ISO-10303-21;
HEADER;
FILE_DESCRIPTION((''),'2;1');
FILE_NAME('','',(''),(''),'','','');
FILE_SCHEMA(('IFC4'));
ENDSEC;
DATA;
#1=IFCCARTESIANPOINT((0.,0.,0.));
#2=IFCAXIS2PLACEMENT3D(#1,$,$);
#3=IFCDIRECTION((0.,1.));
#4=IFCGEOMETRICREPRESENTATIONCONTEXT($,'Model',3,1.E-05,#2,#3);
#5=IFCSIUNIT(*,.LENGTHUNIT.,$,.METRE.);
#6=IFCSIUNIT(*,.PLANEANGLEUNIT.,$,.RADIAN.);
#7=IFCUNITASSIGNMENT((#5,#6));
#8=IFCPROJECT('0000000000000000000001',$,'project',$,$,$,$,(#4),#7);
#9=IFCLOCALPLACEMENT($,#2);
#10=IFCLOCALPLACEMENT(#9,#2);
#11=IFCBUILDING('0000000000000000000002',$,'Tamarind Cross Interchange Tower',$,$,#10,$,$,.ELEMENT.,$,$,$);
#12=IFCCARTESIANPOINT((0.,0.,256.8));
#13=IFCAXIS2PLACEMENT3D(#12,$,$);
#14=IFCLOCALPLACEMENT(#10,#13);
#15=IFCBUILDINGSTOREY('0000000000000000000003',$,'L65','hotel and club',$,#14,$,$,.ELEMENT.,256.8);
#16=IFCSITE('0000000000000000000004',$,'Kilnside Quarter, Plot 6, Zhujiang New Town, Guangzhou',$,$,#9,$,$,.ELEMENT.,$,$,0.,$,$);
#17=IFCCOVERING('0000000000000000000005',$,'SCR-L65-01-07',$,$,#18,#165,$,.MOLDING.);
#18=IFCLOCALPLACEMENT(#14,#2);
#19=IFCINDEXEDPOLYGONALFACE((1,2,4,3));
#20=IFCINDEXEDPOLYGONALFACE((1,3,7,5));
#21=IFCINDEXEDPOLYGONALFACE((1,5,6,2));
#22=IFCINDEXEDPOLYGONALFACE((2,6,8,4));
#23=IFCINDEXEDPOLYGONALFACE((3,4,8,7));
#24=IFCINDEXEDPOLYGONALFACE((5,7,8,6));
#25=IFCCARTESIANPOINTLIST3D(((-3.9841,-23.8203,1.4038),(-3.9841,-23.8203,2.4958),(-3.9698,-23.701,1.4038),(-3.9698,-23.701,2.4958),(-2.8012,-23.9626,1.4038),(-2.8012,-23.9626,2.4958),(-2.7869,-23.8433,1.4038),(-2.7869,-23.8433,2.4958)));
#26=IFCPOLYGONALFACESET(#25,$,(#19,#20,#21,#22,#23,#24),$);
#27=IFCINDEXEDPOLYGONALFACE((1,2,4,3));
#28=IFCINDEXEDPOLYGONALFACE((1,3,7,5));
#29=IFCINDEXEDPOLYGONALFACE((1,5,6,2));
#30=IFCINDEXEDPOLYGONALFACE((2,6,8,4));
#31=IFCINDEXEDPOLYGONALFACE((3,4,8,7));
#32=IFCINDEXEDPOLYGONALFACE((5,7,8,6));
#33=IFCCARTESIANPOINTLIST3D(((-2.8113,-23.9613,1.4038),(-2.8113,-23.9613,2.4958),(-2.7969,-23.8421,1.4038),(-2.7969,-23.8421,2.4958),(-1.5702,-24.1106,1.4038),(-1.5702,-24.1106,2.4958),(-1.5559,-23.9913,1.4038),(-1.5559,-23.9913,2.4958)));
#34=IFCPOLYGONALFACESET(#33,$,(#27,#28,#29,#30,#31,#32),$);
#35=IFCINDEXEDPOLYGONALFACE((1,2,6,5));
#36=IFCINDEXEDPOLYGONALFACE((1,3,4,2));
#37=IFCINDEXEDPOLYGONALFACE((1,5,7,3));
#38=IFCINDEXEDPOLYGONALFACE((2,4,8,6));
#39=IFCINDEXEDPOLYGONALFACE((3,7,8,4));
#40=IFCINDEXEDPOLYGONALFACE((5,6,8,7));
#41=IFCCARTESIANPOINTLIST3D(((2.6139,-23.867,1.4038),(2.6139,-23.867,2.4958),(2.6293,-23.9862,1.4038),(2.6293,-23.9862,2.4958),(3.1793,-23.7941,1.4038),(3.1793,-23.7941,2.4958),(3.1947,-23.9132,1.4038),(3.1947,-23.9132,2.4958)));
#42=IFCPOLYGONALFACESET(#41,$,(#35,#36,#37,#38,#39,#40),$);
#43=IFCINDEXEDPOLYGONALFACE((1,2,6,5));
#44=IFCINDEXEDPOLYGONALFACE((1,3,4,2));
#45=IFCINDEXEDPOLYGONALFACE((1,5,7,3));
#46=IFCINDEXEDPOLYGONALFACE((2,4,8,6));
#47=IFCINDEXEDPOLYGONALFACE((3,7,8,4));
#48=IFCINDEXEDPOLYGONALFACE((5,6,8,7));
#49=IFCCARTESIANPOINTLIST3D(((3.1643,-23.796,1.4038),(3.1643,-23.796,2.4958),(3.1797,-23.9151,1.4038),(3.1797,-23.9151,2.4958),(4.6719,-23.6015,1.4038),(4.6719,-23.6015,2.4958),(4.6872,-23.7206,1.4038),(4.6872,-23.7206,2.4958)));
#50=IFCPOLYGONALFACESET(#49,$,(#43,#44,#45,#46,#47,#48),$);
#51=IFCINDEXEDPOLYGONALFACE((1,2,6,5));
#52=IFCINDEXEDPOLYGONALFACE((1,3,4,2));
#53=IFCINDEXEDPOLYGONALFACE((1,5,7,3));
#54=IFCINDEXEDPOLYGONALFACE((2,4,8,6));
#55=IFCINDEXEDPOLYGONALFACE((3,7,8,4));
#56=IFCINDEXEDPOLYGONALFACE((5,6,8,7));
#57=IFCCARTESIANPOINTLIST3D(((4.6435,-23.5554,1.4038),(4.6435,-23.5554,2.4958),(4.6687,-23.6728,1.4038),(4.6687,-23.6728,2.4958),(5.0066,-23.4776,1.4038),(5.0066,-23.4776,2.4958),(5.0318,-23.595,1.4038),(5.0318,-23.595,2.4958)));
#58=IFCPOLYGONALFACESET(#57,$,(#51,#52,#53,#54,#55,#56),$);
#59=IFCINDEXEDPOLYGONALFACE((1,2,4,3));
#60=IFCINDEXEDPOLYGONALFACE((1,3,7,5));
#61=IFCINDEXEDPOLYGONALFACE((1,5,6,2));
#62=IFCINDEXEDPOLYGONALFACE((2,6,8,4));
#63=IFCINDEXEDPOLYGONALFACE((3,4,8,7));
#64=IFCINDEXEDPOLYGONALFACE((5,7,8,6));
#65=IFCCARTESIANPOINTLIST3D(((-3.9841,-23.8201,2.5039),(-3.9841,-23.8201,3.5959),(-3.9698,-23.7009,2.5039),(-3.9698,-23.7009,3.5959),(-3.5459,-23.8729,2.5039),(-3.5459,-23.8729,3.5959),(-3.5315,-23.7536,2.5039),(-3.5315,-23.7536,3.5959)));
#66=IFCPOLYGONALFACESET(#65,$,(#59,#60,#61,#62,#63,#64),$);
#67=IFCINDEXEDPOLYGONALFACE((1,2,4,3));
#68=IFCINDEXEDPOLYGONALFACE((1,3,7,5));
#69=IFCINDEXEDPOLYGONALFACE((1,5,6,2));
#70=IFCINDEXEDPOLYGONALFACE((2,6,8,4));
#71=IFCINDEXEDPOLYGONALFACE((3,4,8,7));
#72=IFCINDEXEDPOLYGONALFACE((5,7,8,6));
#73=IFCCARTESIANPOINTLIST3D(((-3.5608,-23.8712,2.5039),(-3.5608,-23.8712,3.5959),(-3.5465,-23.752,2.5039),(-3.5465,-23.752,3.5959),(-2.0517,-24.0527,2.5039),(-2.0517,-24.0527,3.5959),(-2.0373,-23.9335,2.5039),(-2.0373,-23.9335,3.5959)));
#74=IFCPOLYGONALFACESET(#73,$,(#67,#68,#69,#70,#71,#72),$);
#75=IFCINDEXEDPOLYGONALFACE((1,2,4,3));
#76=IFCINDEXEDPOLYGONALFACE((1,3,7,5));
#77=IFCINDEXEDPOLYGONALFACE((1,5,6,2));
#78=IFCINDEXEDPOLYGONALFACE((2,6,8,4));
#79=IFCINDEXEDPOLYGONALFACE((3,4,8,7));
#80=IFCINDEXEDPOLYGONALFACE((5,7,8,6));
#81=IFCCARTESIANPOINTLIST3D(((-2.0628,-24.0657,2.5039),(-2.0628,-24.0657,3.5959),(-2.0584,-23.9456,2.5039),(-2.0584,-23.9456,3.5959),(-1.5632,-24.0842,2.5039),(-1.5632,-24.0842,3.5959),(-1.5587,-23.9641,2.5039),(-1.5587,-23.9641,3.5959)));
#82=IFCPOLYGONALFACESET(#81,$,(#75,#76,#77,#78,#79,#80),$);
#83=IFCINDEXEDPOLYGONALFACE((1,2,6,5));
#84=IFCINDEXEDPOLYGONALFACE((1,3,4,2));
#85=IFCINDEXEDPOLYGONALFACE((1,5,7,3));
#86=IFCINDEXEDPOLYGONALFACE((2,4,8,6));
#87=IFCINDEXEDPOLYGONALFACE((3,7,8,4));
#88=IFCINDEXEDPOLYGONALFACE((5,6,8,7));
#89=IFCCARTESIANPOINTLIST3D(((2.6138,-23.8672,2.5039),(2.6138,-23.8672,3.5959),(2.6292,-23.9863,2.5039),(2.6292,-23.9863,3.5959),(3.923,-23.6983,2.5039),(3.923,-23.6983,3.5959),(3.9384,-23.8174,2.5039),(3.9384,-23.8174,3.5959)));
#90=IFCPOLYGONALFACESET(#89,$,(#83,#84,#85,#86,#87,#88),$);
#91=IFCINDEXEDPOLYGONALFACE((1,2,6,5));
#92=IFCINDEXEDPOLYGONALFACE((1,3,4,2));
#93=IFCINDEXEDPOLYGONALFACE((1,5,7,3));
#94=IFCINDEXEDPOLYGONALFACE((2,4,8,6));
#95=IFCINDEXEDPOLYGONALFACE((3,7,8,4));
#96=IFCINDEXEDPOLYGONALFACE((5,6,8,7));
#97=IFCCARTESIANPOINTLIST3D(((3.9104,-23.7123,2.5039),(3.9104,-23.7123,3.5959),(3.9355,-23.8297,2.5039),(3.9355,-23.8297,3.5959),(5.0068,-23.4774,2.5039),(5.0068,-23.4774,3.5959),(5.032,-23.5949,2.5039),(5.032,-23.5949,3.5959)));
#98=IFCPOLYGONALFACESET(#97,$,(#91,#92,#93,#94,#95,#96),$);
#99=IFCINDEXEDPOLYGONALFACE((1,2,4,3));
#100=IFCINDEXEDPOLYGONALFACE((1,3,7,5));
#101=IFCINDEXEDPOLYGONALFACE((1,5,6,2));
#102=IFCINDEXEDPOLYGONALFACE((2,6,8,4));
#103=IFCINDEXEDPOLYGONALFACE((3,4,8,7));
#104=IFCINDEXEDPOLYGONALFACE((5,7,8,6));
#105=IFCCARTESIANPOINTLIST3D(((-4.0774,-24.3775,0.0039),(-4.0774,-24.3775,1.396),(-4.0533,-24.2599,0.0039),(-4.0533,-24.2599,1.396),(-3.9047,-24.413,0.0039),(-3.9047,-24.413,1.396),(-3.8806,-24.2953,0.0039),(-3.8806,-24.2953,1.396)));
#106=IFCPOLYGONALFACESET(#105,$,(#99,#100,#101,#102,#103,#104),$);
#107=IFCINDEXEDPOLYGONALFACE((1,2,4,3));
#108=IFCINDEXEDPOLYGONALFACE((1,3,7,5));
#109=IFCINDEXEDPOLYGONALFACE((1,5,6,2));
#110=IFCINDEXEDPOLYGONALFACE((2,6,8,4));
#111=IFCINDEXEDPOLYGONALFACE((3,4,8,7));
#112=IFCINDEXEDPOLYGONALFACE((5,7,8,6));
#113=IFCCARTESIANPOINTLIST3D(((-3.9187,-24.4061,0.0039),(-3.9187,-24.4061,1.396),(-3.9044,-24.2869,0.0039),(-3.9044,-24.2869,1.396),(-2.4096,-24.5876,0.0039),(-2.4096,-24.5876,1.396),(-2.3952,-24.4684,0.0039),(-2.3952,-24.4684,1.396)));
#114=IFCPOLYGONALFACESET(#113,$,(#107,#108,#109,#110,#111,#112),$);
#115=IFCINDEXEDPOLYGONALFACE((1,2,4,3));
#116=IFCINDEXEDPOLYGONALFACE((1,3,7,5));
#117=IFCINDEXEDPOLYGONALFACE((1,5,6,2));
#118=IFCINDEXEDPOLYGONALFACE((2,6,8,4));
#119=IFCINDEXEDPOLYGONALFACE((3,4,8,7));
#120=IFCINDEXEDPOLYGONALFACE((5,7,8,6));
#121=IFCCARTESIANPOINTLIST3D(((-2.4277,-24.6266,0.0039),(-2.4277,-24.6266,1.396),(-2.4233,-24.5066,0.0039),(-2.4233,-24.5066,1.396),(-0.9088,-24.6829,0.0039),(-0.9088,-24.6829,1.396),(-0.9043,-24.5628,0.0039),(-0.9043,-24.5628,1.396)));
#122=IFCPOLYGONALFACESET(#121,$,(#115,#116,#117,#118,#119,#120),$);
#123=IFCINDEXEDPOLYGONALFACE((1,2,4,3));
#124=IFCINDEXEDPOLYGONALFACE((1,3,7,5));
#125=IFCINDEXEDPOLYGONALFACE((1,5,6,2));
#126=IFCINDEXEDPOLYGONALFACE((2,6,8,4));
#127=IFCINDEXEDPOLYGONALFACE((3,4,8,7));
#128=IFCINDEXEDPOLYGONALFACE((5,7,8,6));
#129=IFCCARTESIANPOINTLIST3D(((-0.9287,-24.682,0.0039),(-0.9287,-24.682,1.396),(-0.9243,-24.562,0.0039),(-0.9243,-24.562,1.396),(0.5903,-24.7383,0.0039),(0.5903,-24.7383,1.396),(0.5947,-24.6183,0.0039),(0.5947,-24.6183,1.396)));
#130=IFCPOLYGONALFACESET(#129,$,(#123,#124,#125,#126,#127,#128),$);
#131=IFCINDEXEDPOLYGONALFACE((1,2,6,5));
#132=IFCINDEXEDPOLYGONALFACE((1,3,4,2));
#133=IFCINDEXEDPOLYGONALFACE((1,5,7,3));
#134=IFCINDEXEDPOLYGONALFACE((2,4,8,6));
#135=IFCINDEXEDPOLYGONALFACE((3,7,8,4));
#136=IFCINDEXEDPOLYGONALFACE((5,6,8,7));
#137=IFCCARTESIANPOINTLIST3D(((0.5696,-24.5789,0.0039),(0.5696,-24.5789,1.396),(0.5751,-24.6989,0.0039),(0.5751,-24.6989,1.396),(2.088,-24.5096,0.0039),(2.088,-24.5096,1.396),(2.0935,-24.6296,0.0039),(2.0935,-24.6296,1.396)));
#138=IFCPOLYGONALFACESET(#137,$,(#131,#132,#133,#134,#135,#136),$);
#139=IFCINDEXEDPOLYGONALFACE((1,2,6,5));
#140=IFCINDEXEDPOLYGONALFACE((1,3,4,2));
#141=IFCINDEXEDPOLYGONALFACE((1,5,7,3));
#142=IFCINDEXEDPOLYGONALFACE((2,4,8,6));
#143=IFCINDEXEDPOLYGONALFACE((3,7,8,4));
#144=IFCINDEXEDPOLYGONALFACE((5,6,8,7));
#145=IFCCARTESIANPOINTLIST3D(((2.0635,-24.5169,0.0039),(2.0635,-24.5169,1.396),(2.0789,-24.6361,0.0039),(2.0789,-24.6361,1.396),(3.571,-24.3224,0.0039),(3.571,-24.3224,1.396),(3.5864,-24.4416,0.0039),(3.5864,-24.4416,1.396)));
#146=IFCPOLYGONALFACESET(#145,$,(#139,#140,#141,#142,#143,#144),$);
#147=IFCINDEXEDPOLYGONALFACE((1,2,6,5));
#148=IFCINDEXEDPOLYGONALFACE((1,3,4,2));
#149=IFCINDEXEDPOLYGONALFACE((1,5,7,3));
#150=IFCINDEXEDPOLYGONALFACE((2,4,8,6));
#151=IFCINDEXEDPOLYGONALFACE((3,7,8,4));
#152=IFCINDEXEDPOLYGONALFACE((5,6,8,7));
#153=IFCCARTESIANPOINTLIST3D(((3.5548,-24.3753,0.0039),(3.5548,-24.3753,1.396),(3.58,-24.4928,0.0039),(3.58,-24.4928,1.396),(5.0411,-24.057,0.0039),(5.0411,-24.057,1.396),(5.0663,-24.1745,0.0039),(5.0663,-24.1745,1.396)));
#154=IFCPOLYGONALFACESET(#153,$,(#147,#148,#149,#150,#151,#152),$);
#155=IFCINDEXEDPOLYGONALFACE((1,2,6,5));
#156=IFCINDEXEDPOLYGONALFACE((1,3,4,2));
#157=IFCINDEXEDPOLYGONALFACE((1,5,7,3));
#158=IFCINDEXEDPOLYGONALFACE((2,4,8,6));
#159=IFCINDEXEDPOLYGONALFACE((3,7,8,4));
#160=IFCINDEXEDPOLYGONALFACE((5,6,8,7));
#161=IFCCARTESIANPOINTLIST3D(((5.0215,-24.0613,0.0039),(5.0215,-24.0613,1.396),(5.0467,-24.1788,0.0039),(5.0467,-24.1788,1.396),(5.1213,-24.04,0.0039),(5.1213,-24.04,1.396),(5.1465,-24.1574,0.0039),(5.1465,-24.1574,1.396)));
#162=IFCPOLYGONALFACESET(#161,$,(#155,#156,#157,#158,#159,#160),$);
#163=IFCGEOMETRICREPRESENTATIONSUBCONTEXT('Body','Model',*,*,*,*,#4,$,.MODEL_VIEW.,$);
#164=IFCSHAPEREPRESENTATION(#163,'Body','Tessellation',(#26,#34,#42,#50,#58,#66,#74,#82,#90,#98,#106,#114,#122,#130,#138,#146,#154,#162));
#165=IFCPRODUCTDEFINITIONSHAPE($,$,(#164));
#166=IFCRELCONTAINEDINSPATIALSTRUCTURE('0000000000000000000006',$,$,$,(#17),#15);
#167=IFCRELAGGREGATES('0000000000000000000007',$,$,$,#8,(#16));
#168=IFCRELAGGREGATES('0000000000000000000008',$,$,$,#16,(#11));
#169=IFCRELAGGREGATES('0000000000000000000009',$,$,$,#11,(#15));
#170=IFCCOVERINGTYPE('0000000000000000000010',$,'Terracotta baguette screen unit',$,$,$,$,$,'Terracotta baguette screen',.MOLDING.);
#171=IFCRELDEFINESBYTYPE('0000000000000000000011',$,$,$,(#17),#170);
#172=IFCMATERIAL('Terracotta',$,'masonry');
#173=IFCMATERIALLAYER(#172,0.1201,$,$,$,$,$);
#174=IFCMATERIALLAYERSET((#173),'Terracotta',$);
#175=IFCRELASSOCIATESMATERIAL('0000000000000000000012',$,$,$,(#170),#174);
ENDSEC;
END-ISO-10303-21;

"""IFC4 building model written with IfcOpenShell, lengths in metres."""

from ifc_helpers import new_model, si_unit, direction, frame, origin, origin_2d, place, context, subcontext, project, spatial, rectangle, extrude, material, layer, layer_set, type_object, element, save


model = new_model("IFC4")

# Units and contexts
model_context = context("Model", 3, precision=1e-05, world=origin(), true_north=direction((0.0, 1.0)))
body_context = subcontext(model_context, "Body", "Model", "MODEL_VIEW")
ifc_project = project(units=[si_unit("LENGTHUNIT", "METRE"), si_unit("PLANEANGLEUNIT", "RADIAN")], contexts=[model_context])

# Site, building, storey
site_placement = place(None, origin())
site = spatial("IfcSite", under=ifc_project, at=site_placement, Name="Kilnside Quarter, Plot 6, Zhujiang New Town, Guangzhou", CompositionType="ELEMENT", RefElevation=0.0)
building_placement = place(site_placement, origin())
building = spatial("IfcBuilding", under=site, at=building_placement, Name="Tamarind Cross Interchange Tower", CompositionType="ELEMENT")
storey_placement = place(building_placement, frame((0.0, 0.0, 256.8)))
storey = spatial("IfcBuildingStorey", under=building, at=storey_placement, Name="L65", Description="hotel and club", CompositionType="ELEMENT", Elevation=256.8)

# Covering
ifc_material_1 = material(Name="Terracotta", Category="masonry")
ifc_layer_1 = layer(ifc_material_1, 0.1201)
ifc_layer_set_1 = layer_set([ifc_layer_1], Name="Terracotta")
covering_type = type_object("IfcCoveringType", Name="Terracotta baguette screen unit", ElementType="Terracotta baguette screen", PredefinedType="MOLDING", material=ifc_layer_set_1)
covering_1_placement = place(storey_placement, origin())
element("IfcCovering", 1, at=covering_1_placement, inside=storey, type_object=covering_type, Name="SCR-L65-01-07", PredefinedType="MOLDING", context=body_context, shape_type="SweptSolid", body=[
    extrude(rectangle(XDim=1.1914, YDim=0.1201, at=origin_2d()), frame((-3.3855, -23.8318, 1.4038), z_axis=(0.0, 0.0, 1.0), x_axis=(0.992844, -0.119421, 0.0)), (0.0, 0.0, 1.0), 1.092),
    extrude(rectangle(XDim=1.25, YDim=0.1201, at=origin_2d()), frame((-2.1836, -23.9763, 1.4038), z_axis=(0.0, 0.0, 1.0), x_axis=(0.992844, -0.119421, 0.0)), (0.0, 0.0, 1.0), 1.092),
    extrude(rectangle(XDim=0.5701, YDim=0.1201, at=origin_2d()), frame((2.9043, -23.8901, 1.4038), z_axis=(0.0, 0.0, 1.0), x_axis=(0.991779, 0.127962, 0.0)), (0.0, 0.0, 1.0), 1.092),
    extrude(rectangle(XDim=1.52, YDim=0.1201, at=origin_2d()), frame((3.9258, -23.7583, 1.4038), z_axis=(0.0, 0.0, 1.0), x_axis=(0.991779, 0.127962, 0.0)), (0.0, 0.0, 1.0), 1.092),
    extrude(rectangle(XDim=0.3713, YDim=0.1201, at=origin_2d()), frame((4.8376, -23.5752, 1.4038), z_axis=(0.0, 0.0, 1.0), x_axis=(0.977825, 0.209425, 0.0)), (0.0, 0.0, 1.0), 1.092),
    extrude(rectangle(XDim=0.4414, YDim=0.1201, at=origin_2d()), frame((-3.7578, -23.7869, 2.5039), z_axis=(0.0, 0.0, 1.0), x_axis=(0.992844, -0.119421, 0.0)), (0.0, 0.0, 1.0), 1.092),
    extrude(rectangle(XDim=1.52, YDim=0.1201, at=origin_2d()), frame((-2.7991, -23.9023, 2.5039), z_axis=(0.0, 0.0, 1.0), x_axis=(0.992844, -0.119421, 0.0)), (0.0, 0.0, 1.0), 1.092),
    extrude(rectangle(XDim=0.5, YDim=0.1201, at=origin_2d()), frame((-1.8108, -24.0149, 2.5039), z_axis=(0.0, 0.0, 1.0), x_axis=(0.999314, -0.037025, 0.0)), (0.0, 0.0, 1.0), 1.092),
    extrude(rectangle(XDim=1.3201, YDim=0.1201, at=origin_2d()), frame((3.2761, -23.8423, 2.5039), z_axis=(0.0, 0.0, 1.0), x_axis=(0.991779, 0.127962, 0.0)), (0.0, 0.0, 1.0), 1.092),
    extrude(rectangle(XDim=1.1213, YDim=0.1201, at=origin_2d()), frame((4.4712, -23.6536, 2.5039), z_axis=(0.0, 0.0, 1.0), x_axis=(0.977825, 0.209425, 0.0)), (0.0, 0.0, 1.0), 1.092),
    extrude(rectangle(XDim=0.1763, YDim=0.1201, at=origin_2d()), frame((-3.979, -24.3364, 0.0039), z_axis=(0.0, 0.0, 1.0), x_axis=(0.979591, -0.201001, 0.0)), (0.0, 0.0, 1.0), 1.3921),
    extrude(rectangle(XDim=1.52, YDim=0.1201, at=origin_2d()), frame((-3.157, -24.4373, 0.0039), z_axis=(0.0, 0.0, 1.0), x_axis=(0.992844, -0.119421, 0.0)), (0.0, 0.0, 1.0), 1.3921),
    extrude(rectangle(XDim=1.52, YDim=0.1201, at=origin_2d()), frame((-1.666, -24.5947, 0.0039), z_axis=(0.0, 0.0, 1.0), x_axis=(0.999314, -0.037025, 0.0)), (0.0, 0.0, 1.0), 1.3921),
    extrude(rectangle(XDim=1.52, YDim=0.1201, at=origin_2d()), frame((-0.167, -24.6501, 0.0039), z_axis=(0.0, 0.0, 1.0), x_axis=(0.999314, -0.037025, 0.0)), (0.0, 0.0, 1.0), 1.3921),
    extrude(rectangle(XDim=1.52, YDim=0.1201, at=origin_2d()), frame((1.3315, -24.6042, 0.0039), z_axis=(0.0, 0.0, 1.0), x_axis=(0.998959, 0.045624, 0.0)), (0.0, 0.0, 1.0), 1.3921),
    extrude(rectangle(XDim=1.52, YDim=0.1201, at=origin_2d()), frame((2.825, -24.4792, 0.0039), z_axis=(0.0, 0.0, 1.0), x_axis=(0.991779, 0.127962, 0.0)), (0.0, 0.0, 1.0), 1.3921),
    extrude(rectangle(XDim=1.52, YDim=0.1201, at=origin_2d()), frame((4.3105, -24.2749, 0.0039), z_axis=(0.0, 0.0, 1.0), x_axis=(0.977825, 0.209425, 0.0)), (0.0, 0.0, 1.0), 1.3921),
    extrude(rectangle(XDim=0.1021, YDim=0.1201, at=origin_2d()), frame((5.084, -24.1094, 0.0039), z_axis=(0.0, 0.0, 1.0), x_axis=(0.977825, 0.209425, 0.0)), (0.0, 0.0, 1.0), 1.3921),
])

save(model, "model.ifc")
